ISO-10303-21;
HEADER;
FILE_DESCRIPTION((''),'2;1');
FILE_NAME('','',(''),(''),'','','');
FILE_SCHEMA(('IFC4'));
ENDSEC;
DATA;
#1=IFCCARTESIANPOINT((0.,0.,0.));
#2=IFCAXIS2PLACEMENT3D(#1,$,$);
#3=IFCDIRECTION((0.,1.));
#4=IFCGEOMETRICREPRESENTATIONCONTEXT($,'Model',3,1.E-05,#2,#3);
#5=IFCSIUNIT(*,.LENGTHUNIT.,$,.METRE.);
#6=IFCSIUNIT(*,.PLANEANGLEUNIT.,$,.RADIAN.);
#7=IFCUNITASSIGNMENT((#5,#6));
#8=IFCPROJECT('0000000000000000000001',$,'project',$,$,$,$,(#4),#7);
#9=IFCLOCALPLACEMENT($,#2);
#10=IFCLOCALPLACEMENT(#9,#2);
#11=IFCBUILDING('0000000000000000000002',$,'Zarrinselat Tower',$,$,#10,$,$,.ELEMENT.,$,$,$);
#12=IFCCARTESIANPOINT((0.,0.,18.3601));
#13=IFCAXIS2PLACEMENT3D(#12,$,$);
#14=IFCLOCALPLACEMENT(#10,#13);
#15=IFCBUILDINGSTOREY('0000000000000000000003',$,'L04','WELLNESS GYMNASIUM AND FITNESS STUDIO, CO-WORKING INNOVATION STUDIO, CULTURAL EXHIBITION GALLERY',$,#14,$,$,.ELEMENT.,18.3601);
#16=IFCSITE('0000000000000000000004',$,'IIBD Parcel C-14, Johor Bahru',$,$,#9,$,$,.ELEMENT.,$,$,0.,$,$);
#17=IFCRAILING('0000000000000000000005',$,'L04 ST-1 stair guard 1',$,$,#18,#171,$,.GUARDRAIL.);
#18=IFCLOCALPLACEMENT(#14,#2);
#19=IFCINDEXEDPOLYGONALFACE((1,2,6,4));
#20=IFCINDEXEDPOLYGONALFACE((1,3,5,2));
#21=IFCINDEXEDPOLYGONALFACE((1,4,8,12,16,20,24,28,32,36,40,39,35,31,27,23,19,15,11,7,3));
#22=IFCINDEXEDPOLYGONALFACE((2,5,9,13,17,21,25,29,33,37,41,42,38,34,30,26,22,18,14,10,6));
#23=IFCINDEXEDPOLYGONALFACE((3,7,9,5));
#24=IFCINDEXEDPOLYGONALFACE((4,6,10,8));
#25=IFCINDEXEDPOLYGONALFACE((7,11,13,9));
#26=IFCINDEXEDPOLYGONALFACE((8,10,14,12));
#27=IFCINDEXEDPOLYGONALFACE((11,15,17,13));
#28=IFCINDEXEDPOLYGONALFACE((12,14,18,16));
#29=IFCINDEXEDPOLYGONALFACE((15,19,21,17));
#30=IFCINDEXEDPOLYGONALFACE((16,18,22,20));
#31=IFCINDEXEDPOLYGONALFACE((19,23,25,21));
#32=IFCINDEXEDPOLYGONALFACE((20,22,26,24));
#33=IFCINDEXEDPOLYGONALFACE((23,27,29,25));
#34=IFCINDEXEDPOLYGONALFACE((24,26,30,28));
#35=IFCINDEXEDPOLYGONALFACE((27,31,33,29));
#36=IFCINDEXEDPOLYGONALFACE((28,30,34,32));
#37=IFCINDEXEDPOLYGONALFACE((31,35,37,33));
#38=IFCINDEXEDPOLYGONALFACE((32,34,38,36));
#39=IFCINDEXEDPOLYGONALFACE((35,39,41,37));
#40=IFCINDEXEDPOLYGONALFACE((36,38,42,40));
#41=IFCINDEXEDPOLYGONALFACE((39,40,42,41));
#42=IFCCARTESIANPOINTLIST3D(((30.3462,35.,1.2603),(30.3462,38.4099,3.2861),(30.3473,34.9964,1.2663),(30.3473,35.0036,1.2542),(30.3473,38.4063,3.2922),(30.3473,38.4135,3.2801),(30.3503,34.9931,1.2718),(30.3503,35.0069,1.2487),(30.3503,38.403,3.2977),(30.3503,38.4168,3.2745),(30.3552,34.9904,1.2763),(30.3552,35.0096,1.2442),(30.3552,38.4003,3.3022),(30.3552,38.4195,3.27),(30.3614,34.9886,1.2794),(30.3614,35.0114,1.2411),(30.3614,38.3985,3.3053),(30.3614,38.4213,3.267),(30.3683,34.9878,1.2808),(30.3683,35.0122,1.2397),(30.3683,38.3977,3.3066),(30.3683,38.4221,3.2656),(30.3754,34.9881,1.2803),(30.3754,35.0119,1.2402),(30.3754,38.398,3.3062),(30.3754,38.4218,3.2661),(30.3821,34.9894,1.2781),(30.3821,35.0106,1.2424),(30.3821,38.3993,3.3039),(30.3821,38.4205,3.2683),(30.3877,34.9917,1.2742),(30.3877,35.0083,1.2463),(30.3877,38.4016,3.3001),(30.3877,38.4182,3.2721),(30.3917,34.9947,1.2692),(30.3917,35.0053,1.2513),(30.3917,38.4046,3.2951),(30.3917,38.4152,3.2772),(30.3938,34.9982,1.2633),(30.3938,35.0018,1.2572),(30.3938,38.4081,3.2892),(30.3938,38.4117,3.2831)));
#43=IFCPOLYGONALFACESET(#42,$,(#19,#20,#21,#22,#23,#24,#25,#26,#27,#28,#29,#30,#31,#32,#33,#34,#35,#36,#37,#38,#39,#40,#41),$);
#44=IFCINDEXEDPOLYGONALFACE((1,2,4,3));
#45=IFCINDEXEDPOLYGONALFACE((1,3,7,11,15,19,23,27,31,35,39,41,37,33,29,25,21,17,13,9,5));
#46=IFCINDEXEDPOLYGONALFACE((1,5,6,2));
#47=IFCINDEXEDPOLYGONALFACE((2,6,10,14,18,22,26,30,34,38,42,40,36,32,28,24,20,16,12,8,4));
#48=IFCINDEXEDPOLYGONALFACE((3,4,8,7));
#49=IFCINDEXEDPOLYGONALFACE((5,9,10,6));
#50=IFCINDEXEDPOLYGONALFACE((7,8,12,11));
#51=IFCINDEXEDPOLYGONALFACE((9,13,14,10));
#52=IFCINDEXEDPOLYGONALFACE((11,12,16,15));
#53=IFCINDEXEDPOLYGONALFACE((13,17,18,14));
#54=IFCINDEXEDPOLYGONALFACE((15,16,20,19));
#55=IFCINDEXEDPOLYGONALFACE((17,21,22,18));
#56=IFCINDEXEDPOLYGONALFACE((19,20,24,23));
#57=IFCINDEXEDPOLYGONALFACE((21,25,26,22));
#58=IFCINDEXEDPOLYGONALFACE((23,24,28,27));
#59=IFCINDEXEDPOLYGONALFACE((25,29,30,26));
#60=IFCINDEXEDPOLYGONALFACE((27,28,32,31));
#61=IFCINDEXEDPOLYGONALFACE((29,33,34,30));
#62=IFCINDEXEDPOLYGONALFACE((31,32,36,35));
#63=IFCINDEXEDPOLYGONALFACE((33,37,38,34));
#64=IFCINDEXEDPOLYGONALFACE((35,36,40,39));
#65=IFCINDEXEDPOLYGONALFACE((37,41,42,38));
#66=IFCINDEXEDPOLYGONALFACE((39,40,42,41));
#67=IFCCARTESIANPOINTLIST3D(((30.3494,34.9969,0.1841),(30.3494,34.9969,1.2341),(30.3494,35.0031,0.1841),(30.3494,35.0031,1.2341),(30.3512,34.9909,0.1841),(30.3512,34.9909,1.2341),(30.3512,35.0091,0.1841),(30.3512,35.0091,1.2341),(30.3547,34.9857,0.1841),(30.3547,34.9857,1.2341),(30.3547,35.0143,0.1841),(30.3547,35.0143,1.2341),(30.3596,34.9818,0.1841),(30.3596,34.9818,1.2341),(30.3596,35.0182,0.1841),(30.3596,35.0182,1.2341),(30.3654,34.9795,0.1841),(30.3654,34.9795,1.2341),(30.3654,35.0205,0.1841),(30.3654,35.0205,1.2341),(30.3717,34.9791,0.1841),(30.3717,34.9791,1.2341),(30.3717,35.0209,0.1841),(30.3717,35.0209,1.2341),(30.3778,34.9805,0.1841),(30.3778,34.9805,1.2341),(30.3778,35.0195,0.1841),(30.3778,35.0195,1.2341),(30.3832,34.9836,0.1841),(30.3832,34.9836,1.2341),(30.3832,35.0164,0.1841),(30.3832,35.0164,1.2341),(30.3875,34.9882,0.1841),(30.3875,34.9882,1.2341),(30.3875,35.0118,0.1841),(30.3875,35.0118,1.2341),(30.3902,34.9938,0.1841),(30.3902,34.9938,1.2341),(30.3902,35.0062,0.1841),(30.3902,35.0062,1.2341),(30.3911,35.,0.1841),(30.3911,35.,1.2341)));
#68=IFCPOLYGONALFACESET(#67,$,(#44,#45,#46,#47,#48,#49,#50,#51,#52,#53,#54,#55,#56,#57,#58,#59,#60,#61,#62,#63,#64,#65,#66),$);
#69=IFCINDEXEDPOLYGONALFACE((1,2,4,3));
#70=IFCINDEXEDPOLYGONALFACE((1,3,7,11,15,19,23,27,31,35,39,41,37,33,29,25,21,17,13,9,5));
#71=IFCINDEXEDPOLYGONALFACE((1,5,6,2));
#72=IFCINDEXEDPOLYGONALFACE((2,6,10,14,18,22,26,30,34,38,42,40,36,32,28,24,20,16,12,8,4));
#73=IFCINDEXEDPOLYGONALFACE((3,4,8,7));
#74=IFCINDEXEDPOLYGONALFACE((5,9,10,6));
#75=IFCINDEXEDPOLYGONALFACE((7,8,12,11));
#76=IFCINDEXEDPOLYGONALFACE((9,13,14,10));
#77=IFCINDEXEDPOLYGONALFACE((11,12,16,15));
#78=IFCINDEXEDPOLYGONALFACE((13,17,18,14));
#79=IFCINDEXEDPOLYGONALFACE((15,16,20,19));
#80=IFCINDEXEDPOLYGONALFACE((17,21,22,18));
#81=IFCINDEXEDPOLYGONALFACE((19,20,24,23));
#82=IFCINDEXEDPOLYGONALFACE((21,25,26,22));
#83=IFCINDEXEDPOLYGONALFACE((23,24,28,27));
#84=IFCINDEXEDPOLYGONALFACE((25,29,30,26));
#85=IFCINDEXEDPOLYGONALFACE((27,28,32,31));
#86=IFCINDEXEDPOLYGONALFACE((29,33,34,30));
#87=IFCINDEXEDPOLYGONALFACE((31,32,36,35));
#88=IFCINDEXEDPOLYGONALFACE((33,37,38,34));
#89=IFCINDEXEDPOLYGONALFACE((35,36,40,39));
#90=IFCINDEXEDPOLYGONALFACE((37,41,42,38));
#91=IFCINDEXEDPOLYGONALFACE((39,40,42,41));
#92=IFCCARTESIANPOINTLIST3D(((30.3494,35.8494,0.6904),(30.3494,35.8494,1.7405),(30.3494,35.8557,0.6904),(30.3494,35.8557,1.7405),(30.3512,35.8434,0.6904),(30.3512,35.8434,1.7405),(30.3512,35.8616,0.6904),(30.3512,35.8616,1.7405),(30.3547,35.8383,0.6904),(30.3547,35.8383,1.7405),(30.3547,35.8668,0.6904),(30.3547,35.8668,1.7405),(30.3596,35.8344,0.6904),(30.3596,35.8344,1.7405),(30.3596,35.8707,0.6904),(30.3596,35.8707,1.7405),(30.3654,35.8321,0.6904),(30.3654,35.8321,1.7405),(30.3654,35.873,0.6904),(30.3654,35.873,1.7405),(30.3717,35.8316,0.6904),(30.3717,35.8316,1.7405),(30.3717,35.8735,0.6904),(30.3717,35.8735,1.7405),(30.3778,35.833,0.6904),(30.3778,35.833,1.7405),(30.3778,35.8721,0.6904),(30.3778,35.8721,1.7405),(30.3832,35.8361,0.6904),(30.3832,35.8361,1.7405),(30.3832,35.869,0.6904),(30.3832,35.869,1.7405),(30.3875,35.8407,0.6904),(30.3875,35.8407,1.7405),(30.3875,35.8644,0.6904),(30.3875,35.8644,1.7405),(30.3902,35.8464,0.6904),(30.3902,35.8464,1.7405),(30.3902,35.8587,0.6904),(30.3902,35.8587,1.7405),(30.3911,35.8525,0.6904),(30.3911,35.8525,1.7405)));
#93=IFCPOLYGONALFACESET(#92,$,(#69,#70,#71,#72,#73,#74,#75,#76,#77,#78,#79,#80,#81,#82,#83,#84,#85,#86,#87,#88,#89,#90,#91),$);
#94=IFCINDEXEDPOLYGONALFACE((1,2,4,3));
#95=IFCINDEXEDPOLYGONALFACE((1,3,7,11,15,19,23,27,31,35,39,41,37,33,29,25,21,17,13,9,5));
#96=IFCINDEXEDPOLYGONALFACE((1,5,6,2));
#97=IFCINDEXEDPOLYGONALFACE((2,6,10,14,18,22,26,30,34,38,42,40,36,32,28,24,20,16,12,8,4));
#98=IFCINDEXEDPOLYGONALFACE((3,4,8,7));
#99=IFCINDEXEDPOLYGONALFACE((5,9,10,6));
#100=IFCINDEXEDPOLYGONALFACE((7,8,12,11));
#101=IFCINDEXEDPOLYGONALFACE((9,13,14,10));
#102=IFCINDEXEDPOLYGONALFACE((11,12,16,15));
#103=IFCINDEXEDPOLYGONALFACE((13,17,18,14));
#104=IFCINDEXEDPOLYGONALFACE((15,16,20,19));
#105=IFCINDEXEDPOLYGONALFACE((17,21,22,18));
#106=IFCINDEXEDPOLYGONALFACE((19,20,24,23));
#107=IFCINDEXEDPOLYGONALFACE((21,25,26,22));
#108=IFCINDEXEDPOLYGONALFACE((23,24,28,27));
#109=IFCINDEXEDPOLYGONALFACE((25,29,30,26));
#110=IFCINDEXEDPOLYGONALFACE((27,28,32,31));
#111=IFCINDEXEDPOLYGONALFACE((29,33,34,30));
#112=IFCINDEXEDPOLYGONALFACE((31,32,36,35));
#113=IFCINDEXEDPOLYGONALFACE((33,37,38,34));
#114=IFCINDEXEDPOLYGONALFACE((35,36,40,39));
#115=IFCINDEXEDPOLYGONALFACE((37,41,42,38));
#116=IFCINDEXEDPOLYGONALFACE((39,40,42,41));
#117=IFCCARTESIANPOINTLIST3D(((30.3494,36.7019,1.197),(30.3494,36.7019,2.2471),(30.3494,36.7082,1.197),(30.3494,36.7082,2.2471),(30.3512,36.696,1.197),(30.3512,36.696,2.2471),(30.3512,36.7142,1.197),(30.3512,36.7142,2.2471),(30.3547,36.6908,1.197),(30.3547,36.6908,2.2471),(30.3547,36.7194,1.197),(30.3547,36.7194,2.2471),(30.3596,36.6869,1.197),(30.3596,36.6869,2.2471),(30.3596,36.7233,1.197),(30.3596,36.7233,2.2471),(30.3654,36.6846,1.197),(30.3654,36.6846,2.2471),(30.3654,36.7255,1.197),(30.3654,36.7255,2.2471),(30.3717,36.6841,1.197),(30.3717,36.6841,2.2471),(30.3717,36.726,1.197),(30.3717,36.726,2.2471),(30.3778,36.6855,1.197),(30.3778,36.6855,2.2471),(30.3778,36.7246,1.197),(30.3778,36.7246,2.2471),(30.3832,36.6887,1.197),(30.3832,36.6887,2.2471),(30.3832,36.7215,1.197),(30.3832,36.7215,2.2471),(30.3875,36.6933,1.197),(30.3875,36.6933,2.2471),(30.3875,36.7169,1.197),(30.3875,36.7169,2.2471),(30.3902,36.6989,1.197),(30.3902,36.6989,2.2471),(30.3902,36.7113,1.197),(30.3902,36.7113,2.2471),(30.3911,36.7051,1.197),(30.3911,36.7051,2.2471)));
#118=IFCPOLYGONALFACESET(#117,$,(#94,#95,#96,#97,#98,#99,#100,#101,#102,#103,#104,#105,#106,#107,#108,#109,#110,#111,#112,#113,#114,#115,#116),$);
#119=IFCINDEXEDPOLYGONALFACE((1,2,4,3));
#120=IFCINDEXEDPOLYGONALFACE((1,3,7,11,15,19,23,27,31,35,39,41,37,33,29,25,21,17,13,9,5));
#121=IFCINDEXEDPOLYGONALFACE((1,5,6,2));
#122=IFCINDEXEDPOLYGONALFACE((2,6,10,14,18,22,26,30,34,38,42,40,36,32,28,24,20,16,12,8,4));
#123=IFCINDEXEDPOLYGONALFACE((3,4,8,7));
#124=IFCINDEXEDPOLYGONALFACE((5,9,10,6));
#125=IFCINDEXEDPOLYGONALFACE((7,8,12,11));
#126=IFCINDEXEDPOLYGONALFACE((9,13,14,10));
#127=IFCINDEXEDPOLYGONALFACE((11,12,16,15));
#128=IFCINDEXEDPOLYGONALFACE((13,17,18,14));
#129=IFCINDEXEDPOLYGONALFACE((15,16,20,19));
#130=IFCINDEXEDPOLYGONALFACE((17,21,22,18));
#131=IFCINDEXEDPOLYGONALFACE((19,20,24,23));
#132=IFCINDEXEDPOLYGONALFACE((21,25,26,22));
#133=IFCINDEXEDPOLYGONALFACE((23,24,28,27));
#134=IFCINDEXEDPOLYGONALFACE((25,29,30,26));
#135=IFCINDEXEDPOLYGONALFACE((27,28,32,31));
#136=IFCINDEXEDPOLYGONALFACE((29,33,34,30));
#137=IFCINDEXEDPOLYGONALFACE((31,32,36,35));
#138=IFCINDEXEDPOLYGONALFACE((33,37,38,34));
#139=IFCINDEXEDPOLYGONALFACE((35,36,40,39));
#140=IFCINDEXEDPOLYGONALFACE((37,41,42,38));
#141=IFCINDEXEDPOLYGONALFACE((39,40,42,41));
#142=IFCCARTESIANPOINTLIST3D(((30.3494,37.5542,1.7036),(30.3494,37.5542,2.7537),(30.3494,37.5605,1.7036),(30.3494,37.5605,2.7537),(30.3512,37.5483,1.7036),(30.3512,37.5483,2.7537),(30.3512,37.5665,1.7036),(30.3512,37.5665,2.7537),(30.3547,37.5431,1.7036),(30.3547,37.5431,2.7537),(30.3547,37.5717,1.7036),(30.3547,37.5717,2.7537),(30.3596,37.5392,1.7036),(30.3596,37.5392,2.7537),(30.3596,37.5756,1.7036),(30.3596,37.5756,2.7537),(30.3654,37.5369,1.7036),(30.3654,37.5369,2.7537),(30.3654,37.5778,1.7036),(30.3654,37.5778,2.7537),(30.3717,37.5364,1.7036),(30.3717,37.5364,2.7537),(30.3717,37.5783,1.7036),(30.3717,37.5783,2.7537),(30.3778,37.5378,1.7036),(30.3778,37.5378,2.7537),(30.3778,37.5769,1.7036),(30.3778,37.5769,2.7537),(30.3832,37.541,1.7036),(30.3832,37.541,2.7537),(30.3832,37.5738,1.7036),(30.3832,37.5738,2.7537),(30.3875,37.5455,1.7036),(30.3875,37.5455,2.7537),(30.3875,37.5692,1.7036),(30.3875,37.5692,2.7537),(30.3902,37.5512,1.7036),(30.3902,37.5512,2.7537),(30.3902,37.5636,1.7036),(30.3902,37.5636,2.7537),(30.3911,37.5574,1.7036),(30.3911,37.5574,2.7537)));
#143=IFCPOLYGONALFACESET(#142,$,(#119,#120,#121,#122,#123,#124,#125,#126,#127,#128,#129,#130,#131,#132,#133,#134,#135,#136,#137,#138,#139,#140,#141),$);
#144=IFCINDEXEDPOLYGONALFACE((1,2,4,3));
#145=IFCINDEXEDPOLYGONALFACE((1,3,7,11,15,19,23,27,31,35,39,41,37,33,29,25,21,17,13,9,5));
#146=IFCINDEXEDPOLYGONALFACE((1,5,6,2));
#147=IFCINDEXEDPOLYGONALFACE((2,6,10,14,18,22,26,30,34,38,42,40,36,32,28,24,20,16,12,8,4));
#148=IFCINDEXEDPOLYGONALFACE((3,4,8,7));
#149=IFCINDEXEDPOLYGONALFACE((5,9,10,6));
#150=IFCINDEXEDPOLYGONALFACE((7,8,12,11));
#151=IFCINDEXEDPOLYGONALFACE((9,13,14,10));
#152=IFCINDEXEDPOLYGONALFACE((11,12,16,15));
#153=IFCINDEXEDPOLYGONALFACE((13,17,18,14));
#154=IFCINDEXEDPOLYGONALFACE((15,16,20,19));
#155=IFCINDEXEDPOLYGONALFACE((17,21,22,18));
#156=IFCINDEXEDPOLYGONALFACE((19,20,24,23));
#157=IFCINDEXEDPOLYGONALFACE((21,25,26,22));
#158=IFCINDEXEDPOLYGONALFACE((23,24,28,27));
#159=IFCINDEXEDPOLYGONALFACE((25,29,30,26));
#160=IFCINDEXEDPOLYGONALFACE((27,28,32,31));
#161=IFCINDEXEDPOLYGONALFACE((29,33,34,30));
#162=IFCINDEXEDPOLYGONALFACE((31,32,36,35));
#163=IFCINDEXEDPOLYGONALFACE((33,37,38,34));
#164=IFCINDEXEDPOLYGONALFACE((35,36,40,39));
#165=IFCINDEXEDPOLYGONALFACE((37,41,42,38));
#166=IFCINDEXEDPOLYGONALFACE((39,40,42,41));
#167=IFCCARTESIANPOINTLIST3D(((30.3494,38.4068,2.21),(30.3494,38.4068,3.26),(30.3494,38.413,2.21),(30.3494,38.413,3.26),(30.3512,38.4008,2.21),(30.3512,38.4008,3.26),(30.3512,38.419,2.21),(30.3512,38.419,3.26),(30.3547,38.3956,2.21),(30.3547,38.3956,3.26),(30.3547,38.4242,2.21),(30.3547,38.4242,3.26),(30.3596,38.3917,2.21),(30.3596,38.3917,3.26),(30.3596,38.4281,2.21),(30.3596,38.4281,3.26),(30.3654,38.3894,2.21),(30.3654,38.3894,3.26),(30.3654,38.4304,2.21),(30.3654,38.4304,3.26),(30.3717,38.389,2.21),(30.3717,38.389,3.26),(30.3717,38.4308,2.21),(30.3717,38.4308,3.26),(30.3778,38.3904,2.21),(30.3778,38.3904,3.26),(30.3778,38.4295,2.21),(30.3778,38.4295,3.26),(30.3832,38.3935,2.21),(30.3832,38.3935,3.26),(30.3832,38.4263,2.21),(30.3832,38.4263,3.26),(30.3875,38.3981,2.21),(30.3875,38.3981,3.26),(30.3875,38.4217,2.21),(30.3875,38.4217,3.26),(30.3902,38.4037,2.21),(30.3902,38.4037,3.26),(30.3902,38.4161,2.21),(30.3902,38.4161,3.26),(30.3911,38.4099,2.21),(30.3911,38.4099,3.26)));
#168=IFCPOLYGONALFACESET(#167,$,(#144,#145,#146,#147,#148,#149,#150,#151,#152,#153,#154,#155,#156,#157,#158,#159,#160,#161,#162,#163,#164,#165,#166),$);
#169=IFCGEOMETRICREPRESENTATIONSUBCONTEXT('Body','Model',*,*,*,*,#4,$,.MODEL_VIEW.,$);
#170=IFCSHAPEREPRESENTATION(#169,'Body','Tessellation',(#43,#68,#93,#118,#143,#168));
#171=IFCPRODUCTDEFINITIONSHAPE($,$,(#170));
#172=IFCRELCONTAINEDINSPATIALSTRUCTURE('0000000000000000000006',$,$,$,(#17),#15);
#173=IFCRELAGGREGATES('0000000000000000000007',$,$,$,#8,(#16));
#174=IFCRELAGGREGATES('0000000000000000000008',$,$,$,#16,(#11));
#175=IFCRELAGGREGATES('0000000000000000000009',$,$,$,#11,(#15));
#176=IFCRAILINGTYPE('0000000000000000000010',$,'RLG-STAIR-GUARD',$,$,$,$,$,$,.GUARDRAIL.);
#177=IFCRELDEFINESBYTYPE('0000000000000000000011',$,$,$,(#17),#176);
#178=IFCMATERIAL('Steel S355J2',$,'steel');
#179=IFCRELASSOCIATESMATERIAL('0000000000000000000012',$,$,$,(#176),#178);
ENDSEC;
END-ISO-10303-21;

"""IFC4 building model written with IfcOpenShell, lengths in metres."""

from ifc_helpers import new_model, si_unit, direction, frame, origin, origin_2d, place, context, subcontext, project, spatial, circle, extrude, material, type_object, element, save


model = new_model("IFC4")

# Units and contexts
model_context = context("Model", 3, precision=1e-05, world=origin(), true_north=direction((0.0, 1.0)))
body_context = subcontext(model_context, "Body", "Model", "MODEL_VIEW")
ifc_project = project(units=[si_unit("LENGTHUNIT", "METRE"), si_unit("PLANEANGLEUNIT", "RADIAN")], contexts=[model_context])

# Site, building, storey
site_placement = place(None, origin())
site = spatial("IfcSite", under=ifc_project, at=site_placement, Name="IIBD Parcel C-14, Johor Bahru", CompositionType="ELEMENT", RefElevation=0.0)
building_placement = place(site_placement, origin())
building = spatial("IfcBuilding", under=site, at=building_placement, Name="Zarrinselat Tower", CompositionType="ELEMENT")
storey_placement = place(building_placement, frame((0.0, 0.0, 18.3601)))
storey = spatial("IfcBuildingStorey", under=building, at=storey_placement, Name="L04", Description="WELLNESS GYMNASIUM AND FITNESS STUDIO, CO-WORKING INNOVATION STUDIO, CULTURAL EXHIBITION GALLERY", CompositionType="ELEMENT", Elevation=18.3601)

# Railing
ifc_material_1 = material(Name="Steel S355J2", Category="steel")
railing_type_1 = type_object("IfcRailingType", Name="RLG-STAIR-GUARD", PredefinedType="GUARDRAIL", material=ifc_material_1)
railing_1_placement = place(storey_placement, frame((30.3701, 35.0, 0.1841)))
element("IfcRailing", 1, at=railing_1_placement, inside=storey, type_object=railing_type_1, Name="L04 ST-1 stair guard 1", PredefinedType="GUARDRAIL", context=body_context, shape_type="SweptSolid", body=[
    extrude(circle(Radius=0.0239, at=origin_2d()), frame((0.0, 0.0, 1.0762), z_axis=(0.0, 0.859717, 0.510771), x_axis=(-1.0, 0.0, 0.0)), (0.0, 0.0, 1.0), 3.9663),
    extrude(circle(Radius=0.021, at=origin_2d()), origin(), (0.0, 0.0, 1.0), 1.05),
    extrude(circle(Radius=0.021, at=origin_2d()), frame((0.0, 0.8525, 0.5063)), (0.0, 0.0, 1.0), 1.05),
    extrude(circle(Radius=0.021, at=origin_2d()), frame((0.0, 1.7051, 1.0129)), (0.0, 0.0, 1.0), 1.05),
    extrude(circle(Radius=0.021, at=origin_2d()), frame((0.0, 2.5574, 1.5195)), (0.0, 0.0, 1.0), 1.05),
    extrude(circle(Radius=0.021, at=origin_2d()), frame((0.0, 3.4099, 2.0259)), (0.0, 0.0, 1.0), 1.05),
])

save(model, "model.ifc")
